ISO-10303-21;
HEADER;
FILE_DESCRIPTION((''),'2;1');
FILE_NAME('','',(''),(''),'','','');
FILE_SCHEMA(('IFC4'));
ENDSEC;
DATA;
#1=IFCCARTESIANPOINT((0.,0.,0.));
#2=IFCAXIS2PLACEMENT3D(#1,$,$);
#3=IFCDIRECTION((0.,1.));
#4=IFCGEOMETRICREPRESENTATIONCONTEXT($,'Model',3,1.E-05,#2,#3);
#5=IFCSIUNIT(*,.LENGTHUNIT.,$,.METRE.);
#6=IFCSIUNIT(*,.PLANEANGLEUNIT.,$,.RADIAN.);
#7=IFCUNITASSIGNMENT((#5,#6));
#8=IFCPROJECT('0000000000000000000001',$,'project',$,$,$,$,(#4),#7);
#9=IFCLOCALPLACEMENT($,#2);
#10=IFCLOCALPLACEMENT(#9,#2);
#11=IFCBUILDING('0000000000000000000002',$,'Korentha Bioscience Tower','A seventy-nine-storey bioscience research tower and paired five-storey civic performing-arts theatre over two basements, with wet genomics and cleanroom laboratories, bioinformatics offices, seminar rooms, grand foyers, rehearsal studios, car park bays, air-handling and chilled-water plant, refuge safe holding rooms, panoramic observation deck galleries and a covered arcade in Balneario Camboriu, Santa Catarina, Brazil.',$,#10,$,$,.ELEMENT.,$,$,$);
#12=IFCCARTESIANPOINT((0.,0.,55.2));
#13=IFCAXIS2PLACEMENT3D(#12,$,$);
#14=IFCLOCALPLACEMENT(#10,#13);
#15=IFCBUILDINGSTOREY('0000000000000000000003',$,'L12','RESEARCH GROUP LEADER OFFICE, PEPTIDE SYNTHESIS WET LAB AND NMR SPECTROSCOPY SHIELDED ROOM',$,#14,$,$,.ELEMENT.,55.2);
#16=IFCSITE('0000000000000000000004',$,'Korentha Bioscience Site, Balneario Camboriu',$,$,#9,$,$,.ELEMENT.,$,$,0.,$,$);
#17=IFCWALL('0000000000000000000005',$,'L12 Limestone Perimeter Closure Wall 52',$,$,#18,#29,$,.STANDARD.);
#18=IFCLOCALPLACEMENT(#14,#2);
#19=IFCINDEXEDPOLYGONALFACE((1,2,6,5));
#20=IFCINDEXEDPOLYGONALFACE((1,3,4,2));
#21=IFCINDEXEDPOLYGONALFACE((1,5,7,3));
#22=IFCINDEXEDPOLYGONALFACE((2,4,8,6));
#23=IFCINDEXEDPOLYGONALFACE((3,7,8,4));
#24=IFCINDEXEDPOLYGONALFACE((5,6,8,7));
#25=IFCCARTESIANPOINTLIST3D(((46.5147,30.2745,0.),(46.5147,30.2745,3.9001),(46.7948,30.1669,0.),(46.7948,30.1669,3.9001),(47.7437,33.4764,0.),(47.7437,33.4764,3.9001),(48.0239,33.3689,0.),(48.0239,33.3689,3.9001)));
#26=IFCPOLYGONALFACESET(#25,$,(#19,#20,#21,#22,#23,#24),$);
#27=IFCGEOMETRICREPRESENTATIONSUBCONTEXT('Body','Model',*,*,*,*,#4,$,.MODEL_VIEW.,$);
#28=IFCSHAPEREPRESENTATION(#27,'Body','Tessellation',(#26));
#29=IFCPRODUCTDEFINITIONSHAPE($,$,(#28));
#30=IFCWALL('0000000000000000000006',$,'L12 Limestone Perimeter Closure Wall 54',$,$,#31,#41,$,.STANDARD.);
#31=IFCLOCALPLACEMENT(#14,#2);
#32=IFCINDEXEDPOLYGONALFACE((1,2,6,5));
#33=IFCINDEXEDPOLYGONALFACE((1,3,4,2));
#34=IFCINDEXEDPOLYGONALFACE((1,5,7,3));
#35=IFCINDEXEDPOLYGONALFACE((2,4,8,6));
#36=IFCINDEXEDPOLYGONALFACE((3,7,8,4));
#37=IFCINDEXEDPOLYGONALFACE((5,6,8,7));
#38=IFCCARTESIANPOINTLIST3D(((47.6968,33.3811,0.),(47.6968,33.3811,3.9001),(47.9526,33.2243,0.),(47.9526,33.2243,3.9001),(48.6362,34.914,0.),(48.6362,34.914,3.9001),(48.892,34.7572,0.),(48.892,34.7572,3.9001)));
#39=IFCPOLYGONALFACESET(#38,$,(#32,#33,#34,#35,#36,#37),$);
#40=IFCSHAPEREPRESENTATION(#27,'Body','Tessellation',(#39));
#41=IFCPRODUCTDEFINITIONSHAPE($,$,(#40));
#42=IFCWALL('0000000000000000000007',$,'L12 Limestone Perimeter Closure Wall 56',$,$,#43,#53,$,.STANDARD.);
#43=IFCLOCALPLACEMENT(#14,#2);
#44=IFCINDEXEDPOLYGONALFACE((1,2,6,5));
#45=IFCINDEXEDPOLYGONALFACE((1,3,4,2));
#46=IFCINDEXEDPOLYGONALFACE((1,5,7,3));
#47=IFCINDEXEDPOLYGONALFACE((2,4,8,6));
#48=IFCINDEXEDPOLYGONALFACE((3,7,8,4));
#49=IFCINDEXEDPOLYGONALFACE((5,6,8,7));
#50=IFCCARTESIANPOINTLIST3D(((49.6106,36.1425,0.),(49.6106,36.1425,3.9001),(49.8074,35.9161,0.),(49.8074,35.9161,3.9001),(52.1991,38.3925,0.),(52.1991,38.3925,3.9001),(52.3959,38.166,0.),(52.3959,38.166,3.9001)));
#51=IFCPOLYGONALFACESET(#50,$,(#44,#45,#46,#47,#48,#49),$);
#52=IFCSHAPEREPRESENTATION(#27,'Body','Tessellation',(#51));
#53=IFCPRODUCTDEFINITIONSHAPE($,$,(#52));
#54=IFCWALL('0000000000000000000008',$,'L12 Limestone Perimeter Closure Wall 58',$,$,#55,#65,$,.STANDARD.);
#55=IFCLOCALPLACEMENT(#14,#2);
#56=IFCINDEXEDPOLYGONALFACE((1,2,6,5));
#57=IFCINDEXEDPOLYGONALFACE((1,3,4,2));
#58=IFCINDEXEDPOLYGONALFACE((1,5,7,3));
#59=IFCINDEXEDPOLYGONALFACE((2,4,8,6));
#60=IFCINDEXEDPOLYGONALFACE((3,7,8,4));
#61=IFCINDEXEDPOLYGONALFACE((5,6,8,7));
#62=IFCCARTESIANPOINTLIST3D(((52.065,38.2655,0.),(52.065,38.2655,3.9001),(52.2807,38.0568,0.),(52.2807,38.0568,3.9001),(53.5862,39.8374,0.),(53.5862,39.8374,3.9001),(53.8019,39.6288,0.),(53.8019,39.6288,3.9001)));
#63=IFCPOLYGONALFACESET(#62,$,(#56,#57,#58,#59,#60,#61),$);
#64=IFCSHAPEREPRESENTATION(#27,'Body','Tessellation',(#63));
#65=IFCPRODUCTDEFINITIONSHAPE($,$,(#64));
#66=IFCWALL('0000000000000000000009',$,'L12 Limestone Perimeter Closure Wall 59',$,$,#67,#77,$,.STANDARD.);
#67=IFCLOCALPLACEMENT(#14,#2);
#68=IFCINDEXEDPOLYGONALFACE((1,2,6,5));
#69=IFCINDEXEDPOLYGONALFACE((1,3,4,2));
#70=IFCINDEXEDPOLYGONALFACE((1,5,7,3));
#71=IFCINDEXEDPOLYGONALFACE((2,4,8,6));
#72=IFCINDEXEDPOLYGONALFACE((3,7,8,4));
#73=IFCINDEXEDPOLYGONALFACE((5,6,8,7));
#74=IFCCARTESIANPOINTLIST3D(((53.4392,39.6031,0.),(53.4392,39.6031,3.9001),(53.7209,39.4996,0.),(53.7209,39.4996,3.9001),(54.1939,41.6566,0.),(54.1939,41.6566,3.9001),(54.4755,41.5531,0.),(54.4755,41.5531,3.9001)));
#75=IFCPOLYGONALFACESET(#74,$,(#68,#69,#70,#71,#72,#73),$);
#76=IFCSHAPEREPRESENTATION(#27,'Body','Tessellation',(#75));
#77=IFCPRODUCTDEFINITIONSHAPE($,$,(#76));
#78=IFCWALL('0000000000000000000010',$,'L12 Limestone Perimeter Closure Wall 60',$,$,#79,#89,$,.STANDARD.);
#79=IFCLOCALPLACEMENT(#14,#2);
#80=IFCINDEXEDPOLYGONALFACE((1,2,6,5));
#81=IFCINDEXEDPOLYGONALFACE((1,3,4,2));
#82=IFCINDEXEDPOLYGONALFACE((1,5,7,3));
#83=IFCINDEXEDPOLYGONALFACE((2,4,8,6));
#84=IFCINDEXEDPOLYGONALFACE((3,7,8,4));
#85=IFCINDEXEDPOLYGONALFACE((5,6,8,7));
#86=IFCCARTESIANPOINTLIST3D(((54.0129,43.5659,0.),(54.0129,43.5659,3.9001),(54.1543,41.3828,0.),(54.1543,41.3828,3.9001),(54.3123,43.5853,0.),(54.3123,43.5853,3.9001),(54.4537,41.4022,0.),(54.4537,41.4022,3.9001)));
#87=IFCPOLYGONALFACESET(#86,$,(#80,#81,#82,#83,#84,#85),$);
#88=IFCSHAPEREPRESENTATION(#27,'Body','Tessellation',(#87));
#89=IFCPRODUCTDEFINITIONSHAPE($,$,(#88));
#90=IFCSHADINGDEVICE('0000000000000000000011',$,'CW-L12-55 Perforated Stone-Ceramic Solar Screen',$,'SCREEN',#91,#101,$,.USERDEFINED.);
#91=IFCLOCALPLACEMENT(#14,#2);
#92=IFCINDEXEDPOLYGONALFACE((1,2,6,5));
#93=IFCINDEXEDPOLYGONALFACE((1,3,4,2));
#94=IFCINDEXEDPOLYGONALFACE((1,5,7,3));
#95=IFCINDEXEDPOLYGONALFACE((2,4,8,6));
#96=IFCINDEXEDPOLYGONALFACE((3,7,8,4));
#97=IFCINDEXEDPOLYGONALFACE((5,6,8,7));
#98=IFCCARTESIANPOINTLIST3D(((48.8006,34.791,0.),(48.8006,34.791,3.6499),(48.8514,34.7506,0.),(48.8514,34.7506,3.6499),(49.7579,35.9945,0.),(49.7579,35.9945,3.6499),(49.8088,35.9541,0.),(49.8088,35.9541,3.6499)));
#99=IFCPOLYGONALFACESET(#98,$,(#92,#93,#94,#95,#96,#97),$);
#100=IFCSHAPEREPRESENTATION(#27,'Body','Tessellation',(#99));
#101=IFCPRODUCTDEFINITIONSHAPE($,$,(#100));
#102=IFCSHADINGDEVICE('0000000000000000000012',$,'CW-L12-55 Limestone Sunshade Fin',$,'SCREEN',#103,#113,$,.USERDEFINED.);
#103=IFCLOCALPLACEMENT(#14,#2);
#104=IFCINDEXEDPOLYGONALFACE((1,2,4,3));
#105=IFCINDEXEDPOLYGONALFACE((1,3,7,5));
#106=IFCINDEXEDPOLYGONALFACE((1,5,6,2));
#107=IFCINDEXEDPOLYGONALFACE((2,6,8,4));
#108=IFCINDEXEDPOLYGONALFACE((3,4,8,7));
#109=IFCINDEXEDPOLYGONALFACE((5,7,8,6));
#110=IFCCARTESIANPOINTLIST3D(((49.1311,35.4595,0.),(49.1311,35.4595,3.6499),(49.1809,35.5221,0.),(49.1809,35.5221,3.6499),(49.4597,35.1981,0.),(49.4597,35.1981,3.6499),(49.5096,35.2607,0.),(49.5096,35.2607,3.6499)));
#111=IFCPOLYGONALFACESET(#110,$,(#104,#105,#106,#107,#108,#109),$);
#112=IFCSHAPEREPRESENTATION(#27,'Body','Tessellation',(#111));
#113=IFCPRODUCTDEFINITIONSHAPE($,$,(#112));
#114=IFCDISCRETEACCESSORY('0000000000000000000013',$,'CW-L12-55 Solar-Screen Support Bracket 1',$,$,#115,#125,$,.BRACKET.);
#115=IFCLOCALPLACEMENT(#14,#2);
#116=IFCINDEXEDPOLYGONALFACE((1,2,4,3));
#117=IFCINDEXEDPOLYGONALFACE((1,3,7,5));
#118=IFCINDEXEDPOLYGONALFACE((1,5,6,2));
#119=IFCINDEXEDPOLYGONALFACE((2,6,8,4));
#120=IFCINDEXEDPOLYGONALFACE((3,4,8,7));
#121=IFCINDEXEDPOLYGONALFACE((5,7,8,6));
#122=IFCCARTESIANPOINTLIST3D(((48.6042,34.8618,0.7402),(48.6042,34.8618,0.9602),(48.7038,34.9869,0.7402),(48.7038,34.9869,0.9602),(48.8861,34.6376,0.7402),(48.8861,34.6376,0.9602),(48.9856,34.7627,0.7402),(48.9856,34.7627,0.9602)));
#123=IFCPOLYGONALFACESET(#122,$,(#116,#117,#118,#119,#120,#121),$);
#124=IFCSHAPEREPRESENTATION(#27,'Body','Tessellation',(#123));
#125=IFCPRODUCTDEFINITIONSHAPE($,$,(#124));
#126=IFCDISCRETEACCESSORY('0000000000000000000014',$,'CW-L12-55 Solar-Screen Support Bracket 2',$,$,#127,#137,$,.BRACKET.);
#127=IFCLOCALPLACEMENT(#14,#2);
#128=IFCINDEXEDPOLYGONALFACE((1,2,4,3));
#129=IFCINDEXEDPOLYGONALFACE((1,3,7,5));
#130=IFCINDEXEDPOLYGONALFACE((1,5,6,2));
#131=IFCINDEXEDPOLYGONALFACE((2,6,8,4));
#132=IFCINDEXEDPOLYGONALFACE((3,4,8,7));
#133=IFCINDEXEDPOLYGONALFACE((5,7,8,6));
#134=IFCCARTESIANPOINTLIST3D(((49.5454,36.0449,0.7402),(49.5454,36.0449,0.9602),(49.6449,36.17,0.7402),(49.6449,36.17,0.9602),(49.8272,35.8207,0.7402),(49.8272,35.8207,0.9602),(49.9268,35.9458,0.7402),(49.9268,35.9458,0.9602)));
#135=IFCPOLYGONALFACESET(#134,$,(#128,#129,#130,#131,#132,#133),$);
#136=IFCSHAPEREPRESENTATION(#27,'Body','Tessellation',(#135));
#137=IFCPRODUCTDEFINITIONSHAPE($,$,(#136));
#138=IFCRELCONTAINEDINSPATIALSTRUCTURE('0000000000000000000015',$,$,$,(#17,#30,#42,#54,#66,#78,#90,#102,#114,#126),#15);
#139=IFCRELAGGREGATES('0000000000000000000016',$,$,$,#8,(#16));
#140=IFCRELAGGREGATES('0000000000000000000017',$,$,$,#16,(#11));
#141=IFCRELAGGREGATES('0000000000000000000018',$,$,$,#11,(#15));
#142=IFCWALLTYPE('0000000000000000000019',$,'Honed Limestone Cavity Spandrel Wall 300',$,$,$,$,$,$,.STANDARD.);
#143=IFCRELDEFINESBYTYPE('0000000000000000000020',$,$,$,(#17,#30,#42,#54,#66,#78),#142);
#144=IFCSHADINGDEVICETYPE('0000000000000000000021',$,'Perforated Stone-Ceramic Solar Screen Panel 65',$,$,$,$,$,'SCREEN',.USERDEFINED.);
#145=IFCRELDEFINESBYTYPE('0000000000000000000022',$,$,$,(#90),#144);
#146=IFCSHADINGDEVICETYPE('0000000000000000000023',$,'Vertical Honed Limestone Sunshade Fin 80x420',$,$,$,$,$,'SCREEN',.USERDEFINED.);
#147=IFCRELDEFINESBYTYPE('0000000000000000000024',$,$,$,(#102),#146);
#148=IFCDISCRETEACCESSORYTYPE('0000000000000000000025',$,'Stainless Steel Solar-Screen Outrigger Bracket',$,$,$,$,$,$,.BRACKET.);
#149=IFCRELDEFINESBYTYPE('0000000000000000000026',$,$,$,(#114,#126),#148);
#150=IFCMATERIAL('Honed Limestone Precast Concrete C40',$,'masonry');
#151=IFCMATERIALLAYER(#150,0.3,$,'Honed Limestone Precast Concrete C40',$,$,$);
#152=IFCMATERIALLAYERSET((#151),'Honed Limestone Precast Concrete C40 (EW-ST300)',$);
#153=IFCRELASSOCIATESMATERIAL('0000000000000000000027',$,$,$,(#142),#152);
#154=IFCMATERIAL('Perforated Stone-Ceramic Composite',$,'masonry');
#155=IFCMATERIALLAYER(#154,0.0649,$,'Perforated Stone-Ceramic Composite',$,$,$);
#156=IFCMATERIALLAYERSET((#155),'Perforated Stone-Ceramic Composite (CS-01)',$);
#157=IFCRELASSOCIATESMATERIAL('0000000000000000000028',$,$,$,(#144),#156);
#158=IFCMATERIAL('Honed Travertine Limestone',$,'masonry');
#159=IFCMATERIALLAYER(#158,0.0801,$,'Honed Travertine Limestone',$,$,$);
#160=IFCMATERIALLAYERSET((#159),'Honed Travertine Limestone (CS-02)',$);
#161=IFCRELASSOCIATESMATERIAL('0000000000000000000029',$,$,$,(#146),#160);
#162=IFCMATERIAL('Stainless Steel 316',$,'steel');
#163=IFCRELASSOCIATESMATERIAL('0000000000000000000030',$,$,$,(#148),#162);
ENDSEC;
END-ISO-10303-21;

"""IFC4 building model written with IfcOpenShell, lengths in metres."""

from ifc_helpers import new_model, si_unit, direction, frame, frame_2d, origin, origin_2d, place, context, subcontext, project, spatial, rectangle, extrude, material, layer, layer_set, type_object, element, save


model = new_model("IFC4")

# Units and contexts
model_context = context("Model", 3, precision=1e-05, world=origin(), true_north=direction((0.0, 1.0)))
body_context = subcontext(model_context, "Body", "Model", "MODEL_VIEW")
ifc_project = project(units=[si_unit("LENGTHUNIT", "METRE"), si_unit("PLANEANGLEUNIT", "RADIAN")], contexts=[model_context])

# Site, building, storey
site_placement = place(None, origin())
site = spatial("IfcSite", under=ifc_project, at=site_placement, Name="Korentha Bioscience Site, Balneario Camboriu", CompositionType="ELEMENT", RefElevation=0.0)
building_placement = place(site_placement, origin())
building = spatial("IfcBuilding", under=site, at=building_placement, Name="Korentha Bioscience Tower", Description="A seventy-nine-storey bioscience research tower and paired five-storey civic performing-arts theatre over two basements, with wet genomics and cleanroom laboratories, bioinformatics offices, seminar rooms, grand foyers, rehearsal studios, car park bays, air-handling and chilled-water plant, refuge safe holding rooms, panoramic observation deck galleries and a covered arcade in Balneario Camboriu, Santa Catarina, Brazil.", CompositionType="ELEMENT")
storey_placement = place(building_placement, frame((0.0, 0.0, 55.2)))
storey = spatial("IfcBuildingStorey", under=building, at=storey_placement, Name="L12", Description="RESEARCH GROUP LEADER OFFICE, PEPTIDE SYNTHESIS WET LAB AND NMR SPECTROSCOPY SHIELDED ROOM", CompositionType="ELEMENT", Elevation=55.2)

# Walls
ifc_material_1 = material(Name="Honed Limestone Precast Concrete C40", Category="masonry")
ifc_layer_1 = layer(ifc_material_1, 0.3, Name="Honed Limestone Precast Concrete C40")
ifc_layer_set_1 = layer_set([ifc_layer_1], Name="Honed Limestone Precast Concrete C40 (EW-ST300)")
wall_type_1 = type_object("IfcWallType", Name="Honed Limestone Cavity Spandrel Wall 300", PredefinedType="STANDARD", material=ifc_layer_set_1)
wall_1_placement = place(storey_placement, frame((46.6548, 30.2207, 0.0), z_axis=(0.0, 0.0, 1.0), x_axis=(0.358345, 0.933589, 0.0)))
element("IfcWall", 1, at=wall_1_placement, inside=storey, type_object=wall_type_1, Name="L12 Limestone Perimeter Closure Wall 52", PredefinedType="STANDARD", context=body_context, shape_type="SweptSolid", body=[
    extrude(rectangle(XDim=3.4297, YDim=0.3, at=frame_2d((1.7148, 0.0))), origin(), (0.0, 0.0, 1.0), 3.9001),
])
wall_2_placement = place(storey_placement, frame((47.8247, 33.3027, 0.0), z_axis=(0.0, 0.0, 1.0), x_axis=(0.522521, 0.852627, 0.0)))
element("IfcWall", 2, at=wall_2_placement, inside=storey, type_object=wall_type_1, Name="L12 Limestone Perimeter Closure Wall 54", PredefinedType="STANDARD", context=body_context, shape_type="SweptSolid", body=[
    extrude(rectangle(XDim=1.7979, YDim=0.3, at=frame_2d((0.8989, 0.0))), origin(), (0.0, 0.0, 1.0), 3.9001),
])
wall_3_placement = place(storey_placement, frame((49.709, 36.0293, 0.0), z_axis=(0.0, 0.0, 1.0), x_axis=(0.754746, 0.656017, 0.0)))
element("IfcWall", 3, at=wall_3_placement, inside=storey, type_object=wall_type_1, Name="L12 Limestone Perimeter Closure Wall 56", PredefinedType="STANDARD", context=body_context, shape_type="SweptSolid", body=[
    extrude(rectangle(XDim=3.4297, YDim=0.3, at=frame_2d((1.7148, 0.0))), origin(), (0.0, 0.0, 1.0), 3.9001),
])
wall_4_placement = place(storey_placement, frame((52.1729, 38.1611, 0.0), z_axis=(0.0, 0.0, 1.0), x_axis=(0.695405, 0.718618, 0.0)))
element("IfcWall", 4, at=wall_4_placement, inside=storey, type_object=wall_type_1, Name="L12 Limestone Perimeter Closure Wall 58", PredefinedType="STANDARD", context=body_context, shape_type="SweptSolid", body=[
    extrude(rectangle(XDim=2.1875, YDim=0.3, at=frame_2d((1.0938, 0.0))), origin(), (0.0, 0.0, 1.0), 3.9001),
])
for number, where, z_axis, x_axis, name in (
    (5, (53.5801, 39.5515, 0.0), (0.0, 0.0, 1.0), (0.34494, 0.938625, 0.0), "L12 Limestone Perimeter Closure Wall 59"),
    (6, (54.304, 41.3926, 0.0), (0.0, 0.0, 1.0), (-0.064615, 0.99791, 0.0), "L12 Limestone Perimeter Closure Wall 60"),
):
    element("IfcWall", number, at=place(storey_placement, frame(where, z_axis=z_axis, x_axis=x_axis)), inside=storey, type_object=wall_type_1, Name=name, PredefinedType="STANDARD", context=body_context, shape_type="SweptSolid", body=[
        extrude(rectangle(XDim=2.1877, YDim=0.3, at=frame_2d((1.0938, 0.0))), origin(), (0.0, 0.0, 1.0), 3.9001),
    ])

# Shading devices
ifc_material_2 = material(Name="Perforated Stone-Ceramic Composite", Category="masonry")
ifc_layer_2 = layer(ifc_material_2, 0.0649, Name="Perforated Stone-Ceramic Composite")
ifc_layer_set_2 = layer_set([ifc_layer_2], Name="Perforated Stone-Ceramic Composite (CS-01)")
shading_device_type_1 = type_object("IfcShadingDeviceType", Name="Perforated Stone-Ceramic Solar Screen Panel 65", ElementType="SCREEN", PredefinedType="USERDEFINED", material=ifc_layer_set_2)
shading_device_1_placement = place(storey_placement, frame((49.3047, 35.3726, 0.0), z_axis=(0.0, 0.0, 1.0), x_axis=(0.62252, 0.782604, 0.0)))
element("IfcShadingDevice", 7, at=shading_device_1_placement, inside=storey, type_object=shading_device_type_1, Name="CW-L12-55 Perforated Stone-Ceramic Solar Screen", ObjectType="SCREEN", PredefinedType="USERDEFINED", context=body_context, shape_type="SweptSolid", body=[
    extrude(rectangle(XDim=1.5378, YDim=0.0649, at=origin_2d()), origin(), (0.0, 0.0, 1.0), 3.6499),
])
ifc_material_3 = material(Name="Honed Travertine Limestone", Category="masonry")
ifc_layer_3 = layer(ifc_material_3, 0.0801, Name="Honed Travertine Limestone")
ifc_layer_set_3 = layer_set([ifc_layer_3], Name="Honed Travertine Limestone (CS-02)")
shading_device_type_2 = type_object("IfcShadingDeviceType", Name="Vertical Honed Limestone Sunshade Fin 80x420", ElementType="SCREEN", PredefinedType="USERDEFINED", material=ifc_layer_set_3)
shading_device_2_placement = place(storey_placement, frame((49.3203, 35.3601, 0.0), z_axis=(0.0, 0.0, 1.0), x_axis=(0.62252, 0.782604, 0.0)))
element("IfcShadingDevice", 8, at=shading_device_2_placement, inside=storey, type_object=shading_device_type_2, Name="CW-L12-55 Limestone Sunshade Fin", ObjectType="SCREEN", PredefinedType="USERDEFINED", context=body_context, shape_type="SweptSolid", body=[
    extrude(rectangle(XDim=0.0801, YDim=0.4199, at=origin_2d()), origin(), (0.0, 0.0, 1.0), 3.6499),
])

# Discrete accessories
ifc_material_4 = material(Name="Stainless Steel 316", Category="steel")
discrete_accessory_type = type_object("IfcDiscreteAccessoryType", Name="Stainless Steel Solar-Screen Outrigger Bracket", PredefinedType="BRACKET", material=ifc_material_4)
for number, where, z_axis, x_axis, name in (
    (9, (48.7949, 34.8123, 0.7402), (0.0, 0.0, 1.0), (0.62252, 0.782604, 0.0), "CW-L12-55 Solar-Screen Support Bracket 1"),
    (10, (49.7361, 35.9954, 0.7402), (0.0, 0.0, 1.0), (0.62252, 0.782604, 0.0), "CW-L12-55 Solar-Screen Support Bracket 2"),
):
    element("IfcDiscreteAccessory", number, at=place(storey_placement, frame(where, z_axis=z_axis, x_axis=x_axis)), inside=storey, type_object=discrete_accessory_type, Name=name, PredefinedType="BRACKET", context=body_context, shape_type="SweptSolid", body=[
        extrude(rectangle(XDim=0.1599, YDim=0.3601, at=origin_2d()), origin(), (0.0, 0.0, 1.0), 0.22),
    ])

save(model, "model.ifc")
